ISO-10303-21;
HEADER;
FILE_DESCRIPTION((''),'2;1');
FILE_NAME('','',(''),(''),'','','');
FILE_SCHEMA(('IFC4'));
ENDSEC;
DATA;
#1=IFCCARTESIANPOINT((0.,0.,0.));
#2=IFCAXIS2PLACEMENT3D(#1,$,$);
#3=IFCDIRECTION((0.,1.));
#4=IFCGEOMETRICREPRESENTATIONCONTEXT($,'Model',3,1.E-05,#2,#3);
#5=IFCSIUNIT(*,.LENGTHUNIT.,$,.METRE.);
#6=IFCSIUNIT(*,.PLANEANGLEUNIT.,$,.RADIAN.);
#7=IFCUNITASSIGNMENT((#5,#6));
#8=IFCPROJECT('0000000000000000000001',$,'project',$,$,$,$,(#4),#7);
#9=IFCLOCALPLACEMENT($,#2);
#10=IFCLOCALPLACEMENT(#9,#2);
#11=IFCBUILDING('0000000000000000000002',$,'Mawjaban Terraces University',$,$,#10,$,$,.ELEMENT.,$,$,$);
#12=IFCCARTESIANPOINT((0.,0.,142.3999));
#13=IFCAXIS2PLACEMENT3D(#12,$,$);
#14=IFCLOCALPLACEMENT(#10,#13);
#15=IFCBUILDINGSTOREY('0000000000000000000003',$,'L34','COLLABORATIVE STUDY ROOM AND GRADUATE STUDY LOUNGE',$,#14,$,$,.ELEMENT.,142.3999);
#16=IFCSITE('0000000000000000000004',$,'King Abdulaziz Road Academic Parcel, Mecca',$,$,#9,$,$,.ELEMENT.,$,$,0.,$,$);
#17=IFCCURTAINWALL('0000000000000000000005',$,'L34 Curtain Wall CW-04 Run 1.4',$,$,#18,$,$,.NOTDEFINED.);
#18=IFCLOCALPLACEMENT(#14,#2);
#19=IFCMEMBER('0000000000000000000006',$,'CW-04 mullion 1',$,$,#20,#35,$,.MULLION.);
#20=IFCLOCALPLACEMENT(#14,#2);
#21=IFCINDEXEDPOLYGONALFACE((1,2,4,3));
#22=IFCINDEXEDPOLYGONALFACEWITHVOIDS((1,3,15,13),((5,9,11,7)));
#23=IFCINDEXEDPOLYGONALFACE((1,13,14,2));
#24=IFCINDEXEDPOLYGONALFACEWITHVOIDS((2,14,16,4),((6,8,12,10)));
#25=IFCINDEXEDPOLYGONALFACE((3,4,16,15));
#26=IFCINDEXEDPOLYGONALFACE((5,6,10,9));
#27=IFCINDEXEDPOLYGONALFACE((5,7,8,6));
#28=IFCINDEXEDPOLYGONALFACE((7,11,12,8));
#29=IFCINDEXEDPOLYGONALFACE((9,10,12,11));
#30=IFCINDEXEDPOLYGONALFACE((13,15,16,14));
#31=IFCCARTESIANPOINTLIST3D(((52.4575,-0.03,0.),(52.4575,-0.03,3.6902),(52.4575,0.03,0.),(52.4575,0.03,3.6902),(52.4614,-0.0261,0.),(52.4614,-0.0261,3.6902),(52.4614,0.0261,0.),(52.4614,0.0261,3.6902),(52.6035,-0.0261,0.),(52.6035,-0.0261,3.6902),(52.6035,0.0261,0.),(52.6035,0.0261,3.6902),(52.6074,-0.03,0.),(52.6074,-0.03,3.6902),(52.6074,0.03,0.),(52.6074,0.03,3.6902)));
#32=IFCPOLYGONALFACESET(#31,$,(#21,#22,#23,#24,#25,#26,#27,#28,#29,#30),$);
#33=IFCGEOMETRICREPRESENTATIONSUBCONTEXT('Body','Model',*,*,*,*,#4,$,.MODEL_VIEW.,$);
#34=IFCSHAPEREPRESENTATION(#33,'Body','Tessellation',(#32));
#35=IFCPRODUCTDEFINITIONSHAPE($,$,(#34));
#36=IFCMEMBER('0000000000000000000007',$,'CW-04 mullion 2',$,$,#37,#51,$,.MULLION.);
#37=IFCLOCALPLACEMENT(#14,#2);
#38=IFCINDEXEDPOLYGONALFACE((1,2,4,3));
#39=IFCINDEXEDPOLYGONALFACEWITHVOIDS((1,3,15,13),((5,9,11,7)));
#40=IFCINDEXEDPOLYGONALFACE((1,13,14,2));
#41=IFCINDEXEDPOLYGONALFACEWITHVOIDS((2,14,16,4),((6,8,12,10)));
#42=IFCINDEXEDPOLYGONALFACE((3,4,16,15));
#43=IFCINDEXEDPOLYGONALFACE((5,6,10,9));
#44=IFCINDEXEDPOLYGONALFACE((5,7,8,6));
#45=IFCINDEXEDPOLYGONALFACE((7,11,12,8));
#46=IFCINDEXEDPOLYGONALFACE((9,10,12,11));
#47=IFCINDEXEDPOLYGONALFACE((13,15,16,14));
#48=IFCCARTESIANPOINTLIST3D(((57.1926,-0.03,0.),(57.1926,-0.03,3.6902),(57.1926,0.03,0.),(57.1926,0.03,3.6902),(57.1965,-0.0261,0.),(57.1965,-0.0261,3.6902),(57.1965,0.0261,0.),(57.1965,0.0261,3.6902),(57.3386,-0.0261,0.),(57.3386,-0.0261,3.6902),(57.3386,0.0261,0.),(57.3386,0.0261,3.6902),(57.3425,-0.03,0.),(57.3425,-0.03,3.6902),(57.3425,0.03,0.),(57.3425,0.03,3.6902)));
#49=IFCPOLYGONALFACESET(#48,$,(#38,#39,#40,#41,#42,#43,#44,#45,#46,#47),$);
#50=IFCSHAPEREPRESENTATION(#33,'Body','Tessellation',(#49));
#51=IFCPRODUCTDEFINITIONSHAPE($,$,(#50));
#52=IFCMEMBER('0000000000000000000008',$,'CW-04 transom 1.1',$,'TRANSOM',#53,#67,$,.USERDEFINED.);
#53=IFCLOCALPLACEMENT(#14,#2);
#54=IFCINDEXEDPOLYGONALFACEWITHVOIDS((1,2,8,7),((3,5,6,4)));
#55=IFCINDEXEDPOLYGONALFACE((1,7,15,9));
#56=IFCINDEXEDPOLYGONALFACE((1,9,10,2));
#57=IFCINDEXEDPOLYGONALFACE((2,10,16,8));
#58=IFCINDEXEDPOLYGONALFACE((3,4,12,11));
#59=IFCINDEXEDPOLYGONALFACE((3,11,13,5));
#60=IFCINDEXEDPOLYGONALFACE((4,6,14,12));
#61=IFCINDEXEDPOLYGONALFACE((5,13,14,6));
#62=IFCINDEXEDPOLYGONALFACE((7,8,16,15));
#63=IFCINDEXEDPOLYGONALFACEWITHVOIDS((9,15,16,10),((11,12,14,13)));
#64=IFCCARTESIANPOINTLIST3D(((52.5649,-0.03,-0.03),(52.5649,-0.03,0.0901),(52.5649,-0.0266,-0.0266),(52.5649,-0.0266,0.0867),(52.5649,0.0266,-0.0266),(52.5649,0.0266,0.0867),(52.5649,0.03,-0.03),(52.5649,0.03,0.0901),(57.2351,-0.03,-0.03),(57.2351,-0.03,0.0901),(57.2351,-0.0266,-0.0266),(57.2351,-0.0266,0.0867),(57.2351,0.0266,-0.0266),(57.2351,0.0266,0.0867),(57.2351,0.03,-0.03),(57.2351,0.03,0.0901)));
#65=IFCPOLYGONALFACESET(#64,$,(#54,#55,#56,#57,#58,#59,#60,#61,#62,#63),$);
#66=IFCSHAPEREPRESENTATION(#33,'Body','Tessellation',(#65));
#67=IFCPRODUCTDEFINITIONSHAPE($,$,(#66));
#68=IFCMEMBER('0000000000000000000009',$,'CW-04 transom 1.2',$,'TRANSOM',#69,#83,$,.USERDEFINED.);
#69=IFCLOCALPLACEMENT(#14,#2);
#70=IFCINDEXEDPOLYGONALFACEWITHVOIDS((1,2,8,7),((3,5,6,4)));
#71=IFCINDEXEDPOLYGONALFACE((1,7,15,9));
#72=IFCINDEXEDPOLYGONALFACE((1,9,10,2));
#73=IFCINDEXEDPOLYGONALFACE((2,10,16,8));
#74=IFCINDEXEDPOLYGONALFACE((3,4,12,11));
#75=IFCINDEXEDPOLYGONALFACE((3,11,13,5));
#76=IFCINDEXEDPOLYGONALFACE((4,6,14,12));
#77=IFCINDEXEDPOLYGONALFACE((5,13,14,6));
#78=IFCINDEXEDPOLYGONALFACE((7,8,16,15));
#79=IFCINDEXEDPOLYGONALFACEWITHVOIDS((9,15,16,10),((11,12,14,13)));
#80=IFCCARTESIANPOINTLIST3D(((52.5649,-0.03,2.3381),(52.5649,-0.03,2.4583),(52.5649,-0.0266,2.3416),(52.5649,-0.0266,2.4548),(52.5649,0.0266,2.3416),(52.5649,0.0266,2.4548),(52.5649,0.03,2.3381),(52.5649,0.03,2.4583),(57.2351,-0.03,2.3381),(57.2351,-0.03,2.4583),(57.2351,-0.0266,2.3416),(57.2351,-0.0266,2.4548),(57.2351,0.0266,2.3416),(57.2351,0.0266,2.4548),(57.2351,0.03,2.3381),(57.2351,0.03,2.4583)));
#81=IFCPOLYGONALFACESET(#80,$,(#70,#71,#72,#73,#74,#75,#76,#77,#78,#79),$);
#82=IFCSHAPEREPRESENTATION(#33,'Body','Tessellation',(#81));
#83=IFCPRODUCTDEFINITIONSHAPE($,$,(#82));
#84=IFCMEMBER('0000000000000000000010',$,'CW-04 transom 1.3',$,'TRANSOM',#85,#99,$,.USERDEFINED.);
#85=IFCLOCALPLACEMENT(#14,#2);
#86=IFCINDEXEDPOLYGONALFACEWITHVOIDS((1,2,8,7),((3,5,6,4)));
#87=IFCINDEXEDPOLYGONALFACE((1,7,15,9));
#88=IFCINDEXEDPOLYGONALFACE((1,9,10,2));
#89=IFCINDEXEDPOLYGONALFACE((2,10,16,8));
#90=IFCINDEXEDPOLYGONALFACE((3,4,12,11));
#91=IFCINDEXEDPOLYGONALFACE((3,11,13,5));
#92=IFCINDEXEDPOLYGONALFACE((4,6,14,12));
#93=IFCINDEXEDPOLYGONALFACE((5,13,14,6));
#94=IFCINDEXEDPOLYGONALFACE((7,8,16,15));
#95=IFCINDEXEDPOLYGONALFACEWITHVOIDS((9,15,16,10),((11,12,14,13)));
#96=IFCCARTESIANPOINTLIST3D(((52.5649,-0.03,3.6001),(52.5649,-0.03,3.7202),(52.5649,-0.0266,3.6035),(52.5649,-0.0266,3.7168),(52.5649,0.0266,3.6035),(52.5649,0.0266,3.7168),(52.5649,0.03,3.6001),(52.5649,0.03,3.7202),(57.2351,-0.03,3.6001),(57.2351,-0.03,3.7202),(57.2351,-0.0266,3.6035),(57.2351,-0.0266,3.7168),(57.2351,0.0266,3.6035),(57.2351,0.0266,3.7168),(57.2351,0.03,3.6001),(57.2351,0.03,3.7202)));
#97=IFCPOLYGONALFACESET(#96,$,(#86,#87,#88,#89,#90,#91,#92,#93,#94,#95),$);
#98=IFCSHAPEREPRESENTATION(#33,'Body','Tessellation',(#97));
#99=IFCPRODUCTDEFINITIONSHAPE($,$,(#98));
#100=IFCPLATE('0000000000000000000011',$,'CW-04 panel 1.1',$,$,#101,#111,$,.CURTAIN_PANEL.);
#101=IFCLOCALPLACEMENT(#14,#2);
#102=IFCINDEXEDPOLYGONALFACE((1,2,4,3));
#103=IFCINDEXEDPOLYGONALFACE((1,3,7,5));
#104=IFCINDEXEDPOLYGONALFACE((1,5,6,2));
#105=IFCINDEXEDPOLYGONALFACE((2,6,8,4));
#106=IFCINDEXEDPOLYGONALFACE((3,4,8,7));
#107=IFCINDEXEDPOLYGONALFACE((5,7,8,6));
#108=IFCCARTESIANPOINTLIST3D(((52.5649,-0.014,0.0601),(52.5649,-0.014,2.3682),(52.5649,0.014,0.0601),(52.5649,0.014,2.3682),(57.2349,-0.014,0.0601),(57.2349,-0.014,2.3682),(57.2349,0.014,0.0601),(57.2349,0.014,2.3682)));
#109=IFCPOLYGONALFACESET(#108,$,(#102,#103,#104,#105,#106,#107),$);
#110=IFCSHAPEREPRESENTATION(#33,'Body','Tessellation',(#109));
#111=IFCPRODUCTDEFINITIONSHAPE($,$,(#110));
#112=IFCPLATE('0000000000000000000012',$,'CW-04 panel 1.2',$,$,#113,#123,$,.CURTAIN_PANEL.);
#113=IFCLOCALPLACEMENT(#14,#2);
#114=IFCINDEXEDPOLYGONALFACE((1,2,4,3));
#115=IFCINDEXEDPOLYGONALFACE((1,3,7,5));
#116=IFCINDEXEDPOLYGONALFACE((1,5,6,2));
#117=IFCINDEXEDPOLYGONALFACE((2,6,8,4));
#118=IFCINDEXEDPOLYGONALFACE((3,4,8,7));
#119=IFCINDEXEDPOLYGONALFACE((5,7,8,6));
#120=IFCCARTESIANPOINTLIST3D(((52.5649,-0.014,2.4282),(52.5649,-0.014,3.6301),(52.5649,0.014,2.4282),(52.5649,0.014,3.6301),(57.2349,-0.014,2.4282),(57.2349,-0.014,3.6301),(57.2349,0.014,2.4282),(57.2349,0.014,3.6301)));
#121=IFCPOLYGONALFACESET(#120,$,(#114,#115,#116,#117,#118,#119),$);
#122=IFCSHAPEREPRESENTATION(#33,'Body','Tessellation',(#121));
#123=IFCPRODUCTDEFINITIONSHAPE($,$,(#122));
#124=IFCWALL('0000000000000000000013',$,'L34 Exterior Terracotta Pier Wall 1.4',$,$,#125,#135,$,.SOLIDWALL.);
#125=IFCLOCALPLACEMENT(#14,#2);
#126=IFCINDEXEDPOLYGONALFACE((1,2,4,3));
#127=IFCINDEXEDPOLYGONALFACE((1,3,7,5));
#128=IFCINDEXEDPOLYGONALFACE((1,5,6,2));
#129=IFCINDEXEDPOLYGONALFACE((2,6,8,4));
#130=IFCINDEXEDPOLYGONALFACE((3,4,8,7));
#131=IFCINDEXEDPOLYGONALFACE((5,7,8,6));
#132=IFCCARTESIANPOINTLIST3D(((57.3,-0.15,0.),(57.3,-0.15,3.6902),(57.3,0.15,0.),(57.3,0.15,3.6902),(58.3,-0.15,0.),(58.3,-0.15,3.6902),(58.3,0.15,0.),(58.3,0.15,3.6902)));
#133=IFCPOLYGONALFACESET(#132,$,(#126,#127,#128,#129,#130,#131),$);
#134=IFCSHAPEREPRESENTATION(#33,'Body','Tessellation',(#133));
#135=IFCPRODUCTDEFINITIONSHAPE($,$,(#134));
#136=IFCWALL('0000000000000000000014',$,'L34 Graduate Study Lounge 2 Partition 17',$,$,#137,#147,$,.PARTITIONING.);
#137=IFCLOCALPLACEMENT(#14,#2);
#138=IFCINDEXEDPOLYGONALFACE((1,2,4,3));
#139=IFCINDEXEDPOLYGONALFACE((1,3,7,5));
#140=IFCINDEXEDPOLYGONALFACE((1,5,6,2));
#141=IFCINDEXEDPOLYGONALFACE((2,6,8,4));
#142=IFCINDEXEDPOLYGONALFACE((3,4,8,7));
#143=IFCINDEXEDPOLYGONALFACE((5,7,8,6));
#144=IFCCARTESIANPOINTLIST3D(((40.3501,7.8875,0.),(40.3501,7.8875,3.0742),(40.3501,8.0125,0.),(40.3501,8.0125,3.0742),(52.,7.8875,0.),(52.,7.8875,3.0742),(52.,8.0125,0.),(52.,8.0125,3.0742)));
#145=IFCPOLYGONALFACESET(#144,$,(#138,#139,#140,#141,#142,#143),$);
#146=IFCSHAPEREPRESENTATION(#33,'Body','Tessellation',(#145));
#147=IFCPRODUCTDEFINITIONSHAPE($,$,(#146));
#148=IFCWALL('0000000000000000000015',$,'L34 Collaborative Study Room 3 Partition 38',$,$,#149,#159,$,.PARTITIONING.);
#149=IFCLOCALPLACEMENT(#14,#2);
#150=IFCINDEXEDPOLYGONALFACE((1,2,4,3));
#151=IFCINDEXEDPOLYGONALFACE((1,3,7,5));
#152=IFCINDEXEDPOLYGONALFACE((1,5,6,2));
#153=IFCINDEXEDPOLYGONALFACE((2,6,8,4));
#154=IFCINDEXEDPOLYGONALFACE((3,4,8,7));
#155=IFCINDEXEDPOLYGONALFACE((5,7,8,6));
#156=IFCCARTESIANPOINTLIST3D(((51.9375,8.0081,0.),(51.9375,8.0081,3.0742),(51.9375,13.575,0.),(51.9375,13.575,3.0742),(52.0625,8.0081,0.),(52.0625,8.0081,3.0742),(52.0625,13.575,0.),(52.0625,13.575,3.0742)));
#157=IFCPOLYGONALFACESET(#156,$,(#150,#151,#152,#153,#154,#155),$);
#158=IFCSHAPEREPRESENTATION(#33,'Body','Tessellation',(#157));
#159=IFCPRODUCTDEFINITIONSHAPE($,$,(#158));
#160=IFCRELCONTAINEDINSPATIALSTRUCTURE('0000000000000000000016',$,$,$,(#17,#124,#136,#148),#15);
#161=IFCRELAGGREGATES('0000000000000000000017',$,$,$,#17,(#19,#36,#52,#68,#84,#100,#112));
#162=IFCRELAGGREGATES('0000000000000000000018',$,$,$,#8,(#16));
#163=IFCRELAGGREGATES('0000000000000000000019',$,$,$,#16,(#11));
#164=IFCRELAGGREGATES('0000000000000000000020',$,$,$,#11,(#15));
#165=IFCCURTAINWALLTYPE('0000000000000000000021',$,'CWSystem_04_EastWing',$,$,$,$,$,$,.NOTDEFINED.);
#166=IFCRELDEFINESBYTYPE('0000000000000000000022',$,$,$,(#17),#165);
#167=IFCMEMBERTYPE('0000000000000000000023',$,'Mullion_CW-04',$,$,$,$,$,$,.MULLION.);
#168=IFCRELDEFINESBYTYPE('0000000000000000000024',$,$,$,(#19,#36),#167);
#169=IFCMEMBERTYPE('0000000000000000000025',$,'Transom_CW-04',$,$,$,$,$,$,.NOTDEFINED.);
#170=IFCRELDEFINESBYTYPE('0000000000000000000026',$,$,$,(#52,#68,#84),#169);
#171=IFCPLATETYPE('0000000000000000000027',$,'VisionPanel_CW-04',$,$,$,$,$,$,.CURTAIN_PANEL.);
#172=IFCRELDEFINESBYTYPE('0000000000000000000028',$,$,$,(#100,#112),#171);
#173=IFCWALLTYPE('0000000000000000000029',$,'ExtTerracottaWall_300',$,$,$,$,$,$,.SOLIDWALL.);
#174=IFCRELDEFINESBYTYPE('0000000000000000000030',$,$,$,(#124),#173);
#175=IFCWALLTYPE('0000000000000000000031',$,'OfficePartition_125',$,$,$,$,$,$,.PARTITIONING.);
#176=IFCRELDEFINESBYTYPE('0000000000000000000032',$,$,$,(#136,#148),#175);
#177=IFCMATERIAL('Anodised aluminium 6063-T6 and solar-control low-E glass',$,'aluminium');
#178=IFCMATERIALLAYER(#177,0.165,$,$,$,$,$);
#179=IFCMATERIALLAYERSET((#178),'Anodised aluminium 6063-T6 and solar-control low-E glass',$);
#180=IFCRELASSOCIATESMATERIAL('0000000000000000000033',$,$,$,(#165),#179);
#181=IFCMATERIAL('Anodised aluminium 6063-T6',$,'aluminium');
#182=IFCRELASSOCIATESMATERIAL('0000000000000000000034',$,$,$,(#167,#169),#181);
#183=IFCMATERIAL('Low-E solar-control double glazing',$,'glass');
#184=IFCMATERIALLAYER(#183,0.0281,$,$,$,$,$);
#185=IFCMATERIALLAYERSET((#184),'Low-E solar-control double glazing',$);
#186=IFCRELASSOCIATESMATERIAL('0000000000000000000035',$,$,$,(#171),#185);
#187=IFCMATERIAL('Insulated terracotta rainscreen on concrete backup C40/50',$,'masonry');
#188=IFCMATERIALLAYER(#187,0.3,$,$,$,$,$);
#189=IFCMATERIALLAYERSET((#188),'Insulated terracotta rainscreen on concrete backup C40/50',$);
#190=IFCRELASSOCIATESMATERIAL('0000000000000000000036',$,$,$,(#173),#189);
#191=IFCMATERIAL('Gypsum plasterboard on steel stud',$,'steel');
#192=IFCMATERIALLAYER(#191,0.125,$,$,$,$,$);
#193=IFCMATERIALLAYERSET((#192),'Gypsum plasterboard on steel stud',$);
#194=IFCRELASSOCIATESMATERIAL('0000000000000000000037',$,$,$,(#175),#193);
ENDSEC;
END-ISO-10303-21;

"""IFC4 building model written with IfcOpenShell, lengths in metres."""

from ifc_helpers import new_model, si_unit, direction, frame, frame_2d, origin, origin_2d, place, context, subcontext, project, spatial, rectangle, hollow_rectangle, extrude, material, layer, layer_set, material_profile, profile_set, type_object, element, aggregate, save


model = new_model("IFC4")

# Units and contexts
model_context = context("Model", 3, precision=1e-05, world=origin(), true_north=direction((0.0, 1.0)))
body_context = subcontext(model_context, "Body", "Model", "MODEL_VIEW")
ifc_project = project(units=[si_unit("LENGTHUNIT", "METRE"), si_unit("PLANEANGLEUNIT", "RADIAN")], contexts=[model_context])

# Site, building, storey
site_placement = place(None, origin())
site = spatial("IfcSite", under=ifc_project, at=site_placement, Name="King Abdulaziz Road Academic Parcel, Mecca", CompositionType="ELEMENT", RefElevation=0.0)
building_placement = place(site_placement, origin())
building = spatial("IfcBuilding", under=site, at=building_placement, Name="Mawjaban Terraces University", CompositionType="ELEMENT")
storey_placement = place(building_placement, frame((0.0, 0.0, 142.3999)))
storey = spatial("IfcBuildingStorey", under=building, at=storey_placement, Name="L34", Description="COLLABORATIVE STUDY ROOM AND GRADUATE STUDY LOUNGE", CompositionType="ELEMENT", Elevation=142.3999)

# Curtain wall, members, plates
ifc_material_1 = material(Name="Anodised aluminium 6063-T6 and solar-control low-E glass", Category="aluminium")
ifc_layer_1 = layer(ifc_material_1, 0.165)
ifc_layer_set_1 = layer_set([ifc_layer_1], Name="Anodised aluminium 6063-T6 and solar-control low-E glass")
curtain_wall_type = type_object("IfcCurtainWallType", Name="CWSystem_04_EastWing", PredefinedType="NOTDEFINED", material=ifc_layer_set_1)
curtain_wall_placement = place(storey_placement, origin())
curtain_wall = element("IfcCurtainWall", 1, at=curtain_wall_placement, inside=storey, type_object=curtain_wall_type, Name="L34 Curtain Wall CW-04 Run 1.4", PredefinedType="NOTDEFINED")
ifc_material_2 = material(Name="Anodised aluminium 6063-T6", Category="aluminium")
ifc_material_profile_1 = material_profile(ifc_material_2, hollow_rectangle(XDim=0.0601, YDim=0.1499, WallThickness=0.0039, at=origin_2d()), Name="ALU150X60X4")
ifc_profile_set_1 = profile_set([ifc_material_profile_1], Name="Anodised aluminium 6063-T6")
member_type_1 = type_object("IfcMemberType", Name="Mullion_CW-04", PredefinedType="MULLION", material=ifc_profile_set_1)
member_1_placement = place(storey_placement, frame((52.5325, 0.0, 0.0), z_axis=(0.0, 0.0, 1.0), x_axis=(0.0, 1.0, 0.0)))
member_1 = element("IfcMember", 2, at=member_1_placement, type_object=member_type_1, Name="CW-04 mullion 1", PredefinedType="MULLION", context=body_context, shape_type="SweptSolid", body=[
    extrude(hollow_rectangle(XDim=0.0601, YDim=0.1499, WallThickness=0.0039, at=origin_2d()), origin(), (0.0, 0.0, 1.0), 3.6902),
])
member_2_placement = place(storey_placement, frame((57.2676, 0.0, 0.0), z_axis=(0.0, 0.0, 1.0), x_axis=(0.0, 1.0, 0.0)))
member_2 = element("IfcMember", 3, at=member_2_placement, type_object=member_type_1, Name="CW-04 mullion 2", PredefinedType="MULLION", context=body_context, shape_type="SweptSolid", body=[
    extrude(hollow_rectangle(XDim=0.0601, YDim=0.1499, WallThickness=0.0039, at=origin_2d()), origin(), (0.0, 0.0, 1.0), 3.6902),
])
ifc_material_profile_2 = material_profile(ifc_material_2, hollow_rectangle(XDim=0.0601, YDim=0.1201, WallThickness=0.0034, at=origin_2d()), Name="ALU120X60X3.5")
ifc_profile_set_2 = profile_set([ifc_material_profile_2], Name="Anodised aluminium 6063-T6")
member_type_2 = type_object("IfcMemberType", Name="Transom_CW-04", PredefinedType="NOTDEFINED", material=ifc_profile_set_2)
member_3_placement = place(storey_placement, frame((52.5649, 0.0, 0.03), z_axis=(1.0, 0.0, 0.0), x_axis=(0.0, 1.0, 0.0)))
member_3 = element("IfcMember", 4, at=member_3_placement, type_object=member_type_2, Name="CW-04 transom 1.1", ObjectType="TRANSOM", PredefinedType="USERDEFINED", context=body_context, shape_type="SweptSolid", body=[
    extrude(hollow_rectangle(XDim=0.0601, YDim=0.1201, WallThickness=0.0034, at=origin_2d()), origin(), (0.0, 0.0, 1.0), 4.6702),
])
member_4_placement = place(storey_placement, frame((52.5649, 0.0, 2.3982), z_axis=(1.0, 0.0, 0.0), x_axis=(0.0, 1.0, 0.0)))
member_4 = element("IfcMember", 5, at=member_4_placement, type_object=member_type_2, Name="CW-04 transom 1.2", ObjectType="TRANSOM", PredefinedType="USERDEFINED", context=body_context, shape_type="SweptSolid", body=[
    extrude(hollow_rectangle(XDim=0.0601, YDim=0.1201, WallThickness=0.0034, at=origin_2d()), origin(), (0.0, 0.0, 1.0), 4.6702),
])
member_5_placement = place(storey_placement, frame((52.5649, 0.0, 3.6602), z_axis=(1.0, 0.0, 0.0), x_axis=(0.0, 1.0, 0.0)))
member_5 = element("IfcMember", 6, at=member_5_placement, type_object=member_type_2, Name="CW-04 transom 1.3", ObjectType="TRANSOM", PredefinedType="USERDEFINED", context=body_context, shape_type="SweptSolid", body=[
    extrude(hollow_rectangle(XDim=0.0601, YDim=0.1201, WallThickness=0.0034, at=origin_2d()), origin(), (0.0, 0.0, 1.0), 4.6702),
])
ifc_material_3 = material(Name="Low-E solar-control double glazing", Category="glass")
ifc_layer_2 = layer(ifc_material_3, 0.0281)
ifc_layer_set_2 = layer_set([ifc_layer_2], Name="Low-E solar-control double glazing")
plate_type = type_object("IfcPlateType", Name="VisionPanel_CW-04", PredefinedType="CURTAIN_PANEL", material=ifc_layer_set_2)
plate_1_placement = place(storey_placement, frame((54.8999, 0.0, 0.0601), z_axis=(0.0, 0.0, 1.0), x_axis=(1.0, 0.0, 0.0)))
plate_1 = element("IfcPlate", 7, at=plate_1_placement, type_object=plate_type, Name="CW-04 panel 1.1", PredefinedType="CURTAIN_PANEL", context=body_context, shape_type="SweptSolid", body=[
    extrude(rectangle(XDim=4.6699, YDim=0.0281, at=origin_2d()), origin(), (0.0, 0.0, 1.0), 2.3081),
])
plate_2_placement = place(storey_placement, frame((54.8999, 0.0, 2.4282), z_axis=(0.0, 0.0, 1.0), x_axis=(1.0, 0.0, 0.0)))
plate_2 = element("IfcPlate", 8, at=plate_2_placement, type_object=plate_type, Name="CW-04 panel 1.2", PredefinedType="CURTAIN_PANEL", context=body_context, shape_type="SweptSolid", body=[
    extrude(rectangle(XDim=4.6699, YDim=0.0281, at=origin_2d()), origin(), (0.0, 0.0, 1.0), 1.2019),
])
aggregate(curtain_wall, [member_1, member_2, member_3, member_4, member_5, plate_1, plate_2])

# Walls
ifc_material_4 = material(Name="Insulated terracotta rainscreen on concrete backup C40/50", Category="masonry")
ifc_layer_3 = layer(ifc_material_4, 0.3)
ifc_layer_set_3 = layer_set([ifc_layer_3], Name="Insulated terracotta rainscreen on concrete backup C40/50")
wall_type_1 = type_object("IfcWallType", Name="ExtTerracottaWall_300", PredefinedType="SOLIDWALL", material=ifc_layer_set_3)
wall_1_placement = place(storey_placement, frame((57.3, 0.0, 0.0), z_axis=(0.0, 0.0, 1.0), x_axis=(1.0, 0.0, 0.0)))
element("IfcWall", 9, at=wall_1_placement, inside=storey, type_object=wall_type_1, Name="L34 Exterior Terracotta Pier Wall 1.4", PredefinedType="SOLIDWALL", context=body_context, shape_type="SweptSolid", body=[
    extrude(rectangle(XDim=1.0, YDim=0.3, at=frame_2d((0.5, 0.0))), origin(), (0.0, 0.0, 1.0), 3.6902),
])
ifc_material_5 = material(Name="Gypsum plasterboard on steel stud", Category="steel")
ifc_layer_4 = layer(ifc_material_5, 0.125)
ifc_layer_set_4 = layer_set([ifc_layer_4], Name="Gypsum plasterboard on steel stud")
wall_type_2 = type_object("IfcWallType", Name="OfficePartition_125", PredefinedType="PARTITIONING", material=ifc_layer_set_4)
wall_2_placement = place(storey_placement, frame((52.0, 7.95, 0.0), z_axis=(0.0, 0.0, 1.0), x_axis=(-1.0, 0.0, 0.0)))
element("IfcWall", 10, at=wall_2_placement, inside=storey, type_object=wall_type_2, Name="L34 Graduate Study Lounge 2 Partition 17", PredefinedType="PARTITIONING", context=body_context, shape_type="SweptSolid", body=[
    extrude(rectangle(XDim=11.6499, YDim=0.125, at=frame_2d((5.825, 0.0))), origin(), (0.0, 0.0, 1.0), 3.0742),
])
wall_3_placement = place(storey_placement, frame((52.0, 8.0081, 0.0), z_axis=(0.0, 0.0, 1.0), x_axis=(0.0, 1.0, 0.0)))
element("IfcWall", 11, at=wall_3_placement, inside=storey, type_object=wall_type_2, Name="L34 Collaborative Study Room 3 Partition 38", PredefinedType="PARTITIONING", context=body_context, shape_type="SweptSolid", body=[
    extrude(rectangle(XDim=5.5669, YDim=0.125, at=frame_2d((2.7834, 0.0))), origin(), (0.0, 0.0, 1.0), 3.0742),
])

save(model, "model.ifc")
